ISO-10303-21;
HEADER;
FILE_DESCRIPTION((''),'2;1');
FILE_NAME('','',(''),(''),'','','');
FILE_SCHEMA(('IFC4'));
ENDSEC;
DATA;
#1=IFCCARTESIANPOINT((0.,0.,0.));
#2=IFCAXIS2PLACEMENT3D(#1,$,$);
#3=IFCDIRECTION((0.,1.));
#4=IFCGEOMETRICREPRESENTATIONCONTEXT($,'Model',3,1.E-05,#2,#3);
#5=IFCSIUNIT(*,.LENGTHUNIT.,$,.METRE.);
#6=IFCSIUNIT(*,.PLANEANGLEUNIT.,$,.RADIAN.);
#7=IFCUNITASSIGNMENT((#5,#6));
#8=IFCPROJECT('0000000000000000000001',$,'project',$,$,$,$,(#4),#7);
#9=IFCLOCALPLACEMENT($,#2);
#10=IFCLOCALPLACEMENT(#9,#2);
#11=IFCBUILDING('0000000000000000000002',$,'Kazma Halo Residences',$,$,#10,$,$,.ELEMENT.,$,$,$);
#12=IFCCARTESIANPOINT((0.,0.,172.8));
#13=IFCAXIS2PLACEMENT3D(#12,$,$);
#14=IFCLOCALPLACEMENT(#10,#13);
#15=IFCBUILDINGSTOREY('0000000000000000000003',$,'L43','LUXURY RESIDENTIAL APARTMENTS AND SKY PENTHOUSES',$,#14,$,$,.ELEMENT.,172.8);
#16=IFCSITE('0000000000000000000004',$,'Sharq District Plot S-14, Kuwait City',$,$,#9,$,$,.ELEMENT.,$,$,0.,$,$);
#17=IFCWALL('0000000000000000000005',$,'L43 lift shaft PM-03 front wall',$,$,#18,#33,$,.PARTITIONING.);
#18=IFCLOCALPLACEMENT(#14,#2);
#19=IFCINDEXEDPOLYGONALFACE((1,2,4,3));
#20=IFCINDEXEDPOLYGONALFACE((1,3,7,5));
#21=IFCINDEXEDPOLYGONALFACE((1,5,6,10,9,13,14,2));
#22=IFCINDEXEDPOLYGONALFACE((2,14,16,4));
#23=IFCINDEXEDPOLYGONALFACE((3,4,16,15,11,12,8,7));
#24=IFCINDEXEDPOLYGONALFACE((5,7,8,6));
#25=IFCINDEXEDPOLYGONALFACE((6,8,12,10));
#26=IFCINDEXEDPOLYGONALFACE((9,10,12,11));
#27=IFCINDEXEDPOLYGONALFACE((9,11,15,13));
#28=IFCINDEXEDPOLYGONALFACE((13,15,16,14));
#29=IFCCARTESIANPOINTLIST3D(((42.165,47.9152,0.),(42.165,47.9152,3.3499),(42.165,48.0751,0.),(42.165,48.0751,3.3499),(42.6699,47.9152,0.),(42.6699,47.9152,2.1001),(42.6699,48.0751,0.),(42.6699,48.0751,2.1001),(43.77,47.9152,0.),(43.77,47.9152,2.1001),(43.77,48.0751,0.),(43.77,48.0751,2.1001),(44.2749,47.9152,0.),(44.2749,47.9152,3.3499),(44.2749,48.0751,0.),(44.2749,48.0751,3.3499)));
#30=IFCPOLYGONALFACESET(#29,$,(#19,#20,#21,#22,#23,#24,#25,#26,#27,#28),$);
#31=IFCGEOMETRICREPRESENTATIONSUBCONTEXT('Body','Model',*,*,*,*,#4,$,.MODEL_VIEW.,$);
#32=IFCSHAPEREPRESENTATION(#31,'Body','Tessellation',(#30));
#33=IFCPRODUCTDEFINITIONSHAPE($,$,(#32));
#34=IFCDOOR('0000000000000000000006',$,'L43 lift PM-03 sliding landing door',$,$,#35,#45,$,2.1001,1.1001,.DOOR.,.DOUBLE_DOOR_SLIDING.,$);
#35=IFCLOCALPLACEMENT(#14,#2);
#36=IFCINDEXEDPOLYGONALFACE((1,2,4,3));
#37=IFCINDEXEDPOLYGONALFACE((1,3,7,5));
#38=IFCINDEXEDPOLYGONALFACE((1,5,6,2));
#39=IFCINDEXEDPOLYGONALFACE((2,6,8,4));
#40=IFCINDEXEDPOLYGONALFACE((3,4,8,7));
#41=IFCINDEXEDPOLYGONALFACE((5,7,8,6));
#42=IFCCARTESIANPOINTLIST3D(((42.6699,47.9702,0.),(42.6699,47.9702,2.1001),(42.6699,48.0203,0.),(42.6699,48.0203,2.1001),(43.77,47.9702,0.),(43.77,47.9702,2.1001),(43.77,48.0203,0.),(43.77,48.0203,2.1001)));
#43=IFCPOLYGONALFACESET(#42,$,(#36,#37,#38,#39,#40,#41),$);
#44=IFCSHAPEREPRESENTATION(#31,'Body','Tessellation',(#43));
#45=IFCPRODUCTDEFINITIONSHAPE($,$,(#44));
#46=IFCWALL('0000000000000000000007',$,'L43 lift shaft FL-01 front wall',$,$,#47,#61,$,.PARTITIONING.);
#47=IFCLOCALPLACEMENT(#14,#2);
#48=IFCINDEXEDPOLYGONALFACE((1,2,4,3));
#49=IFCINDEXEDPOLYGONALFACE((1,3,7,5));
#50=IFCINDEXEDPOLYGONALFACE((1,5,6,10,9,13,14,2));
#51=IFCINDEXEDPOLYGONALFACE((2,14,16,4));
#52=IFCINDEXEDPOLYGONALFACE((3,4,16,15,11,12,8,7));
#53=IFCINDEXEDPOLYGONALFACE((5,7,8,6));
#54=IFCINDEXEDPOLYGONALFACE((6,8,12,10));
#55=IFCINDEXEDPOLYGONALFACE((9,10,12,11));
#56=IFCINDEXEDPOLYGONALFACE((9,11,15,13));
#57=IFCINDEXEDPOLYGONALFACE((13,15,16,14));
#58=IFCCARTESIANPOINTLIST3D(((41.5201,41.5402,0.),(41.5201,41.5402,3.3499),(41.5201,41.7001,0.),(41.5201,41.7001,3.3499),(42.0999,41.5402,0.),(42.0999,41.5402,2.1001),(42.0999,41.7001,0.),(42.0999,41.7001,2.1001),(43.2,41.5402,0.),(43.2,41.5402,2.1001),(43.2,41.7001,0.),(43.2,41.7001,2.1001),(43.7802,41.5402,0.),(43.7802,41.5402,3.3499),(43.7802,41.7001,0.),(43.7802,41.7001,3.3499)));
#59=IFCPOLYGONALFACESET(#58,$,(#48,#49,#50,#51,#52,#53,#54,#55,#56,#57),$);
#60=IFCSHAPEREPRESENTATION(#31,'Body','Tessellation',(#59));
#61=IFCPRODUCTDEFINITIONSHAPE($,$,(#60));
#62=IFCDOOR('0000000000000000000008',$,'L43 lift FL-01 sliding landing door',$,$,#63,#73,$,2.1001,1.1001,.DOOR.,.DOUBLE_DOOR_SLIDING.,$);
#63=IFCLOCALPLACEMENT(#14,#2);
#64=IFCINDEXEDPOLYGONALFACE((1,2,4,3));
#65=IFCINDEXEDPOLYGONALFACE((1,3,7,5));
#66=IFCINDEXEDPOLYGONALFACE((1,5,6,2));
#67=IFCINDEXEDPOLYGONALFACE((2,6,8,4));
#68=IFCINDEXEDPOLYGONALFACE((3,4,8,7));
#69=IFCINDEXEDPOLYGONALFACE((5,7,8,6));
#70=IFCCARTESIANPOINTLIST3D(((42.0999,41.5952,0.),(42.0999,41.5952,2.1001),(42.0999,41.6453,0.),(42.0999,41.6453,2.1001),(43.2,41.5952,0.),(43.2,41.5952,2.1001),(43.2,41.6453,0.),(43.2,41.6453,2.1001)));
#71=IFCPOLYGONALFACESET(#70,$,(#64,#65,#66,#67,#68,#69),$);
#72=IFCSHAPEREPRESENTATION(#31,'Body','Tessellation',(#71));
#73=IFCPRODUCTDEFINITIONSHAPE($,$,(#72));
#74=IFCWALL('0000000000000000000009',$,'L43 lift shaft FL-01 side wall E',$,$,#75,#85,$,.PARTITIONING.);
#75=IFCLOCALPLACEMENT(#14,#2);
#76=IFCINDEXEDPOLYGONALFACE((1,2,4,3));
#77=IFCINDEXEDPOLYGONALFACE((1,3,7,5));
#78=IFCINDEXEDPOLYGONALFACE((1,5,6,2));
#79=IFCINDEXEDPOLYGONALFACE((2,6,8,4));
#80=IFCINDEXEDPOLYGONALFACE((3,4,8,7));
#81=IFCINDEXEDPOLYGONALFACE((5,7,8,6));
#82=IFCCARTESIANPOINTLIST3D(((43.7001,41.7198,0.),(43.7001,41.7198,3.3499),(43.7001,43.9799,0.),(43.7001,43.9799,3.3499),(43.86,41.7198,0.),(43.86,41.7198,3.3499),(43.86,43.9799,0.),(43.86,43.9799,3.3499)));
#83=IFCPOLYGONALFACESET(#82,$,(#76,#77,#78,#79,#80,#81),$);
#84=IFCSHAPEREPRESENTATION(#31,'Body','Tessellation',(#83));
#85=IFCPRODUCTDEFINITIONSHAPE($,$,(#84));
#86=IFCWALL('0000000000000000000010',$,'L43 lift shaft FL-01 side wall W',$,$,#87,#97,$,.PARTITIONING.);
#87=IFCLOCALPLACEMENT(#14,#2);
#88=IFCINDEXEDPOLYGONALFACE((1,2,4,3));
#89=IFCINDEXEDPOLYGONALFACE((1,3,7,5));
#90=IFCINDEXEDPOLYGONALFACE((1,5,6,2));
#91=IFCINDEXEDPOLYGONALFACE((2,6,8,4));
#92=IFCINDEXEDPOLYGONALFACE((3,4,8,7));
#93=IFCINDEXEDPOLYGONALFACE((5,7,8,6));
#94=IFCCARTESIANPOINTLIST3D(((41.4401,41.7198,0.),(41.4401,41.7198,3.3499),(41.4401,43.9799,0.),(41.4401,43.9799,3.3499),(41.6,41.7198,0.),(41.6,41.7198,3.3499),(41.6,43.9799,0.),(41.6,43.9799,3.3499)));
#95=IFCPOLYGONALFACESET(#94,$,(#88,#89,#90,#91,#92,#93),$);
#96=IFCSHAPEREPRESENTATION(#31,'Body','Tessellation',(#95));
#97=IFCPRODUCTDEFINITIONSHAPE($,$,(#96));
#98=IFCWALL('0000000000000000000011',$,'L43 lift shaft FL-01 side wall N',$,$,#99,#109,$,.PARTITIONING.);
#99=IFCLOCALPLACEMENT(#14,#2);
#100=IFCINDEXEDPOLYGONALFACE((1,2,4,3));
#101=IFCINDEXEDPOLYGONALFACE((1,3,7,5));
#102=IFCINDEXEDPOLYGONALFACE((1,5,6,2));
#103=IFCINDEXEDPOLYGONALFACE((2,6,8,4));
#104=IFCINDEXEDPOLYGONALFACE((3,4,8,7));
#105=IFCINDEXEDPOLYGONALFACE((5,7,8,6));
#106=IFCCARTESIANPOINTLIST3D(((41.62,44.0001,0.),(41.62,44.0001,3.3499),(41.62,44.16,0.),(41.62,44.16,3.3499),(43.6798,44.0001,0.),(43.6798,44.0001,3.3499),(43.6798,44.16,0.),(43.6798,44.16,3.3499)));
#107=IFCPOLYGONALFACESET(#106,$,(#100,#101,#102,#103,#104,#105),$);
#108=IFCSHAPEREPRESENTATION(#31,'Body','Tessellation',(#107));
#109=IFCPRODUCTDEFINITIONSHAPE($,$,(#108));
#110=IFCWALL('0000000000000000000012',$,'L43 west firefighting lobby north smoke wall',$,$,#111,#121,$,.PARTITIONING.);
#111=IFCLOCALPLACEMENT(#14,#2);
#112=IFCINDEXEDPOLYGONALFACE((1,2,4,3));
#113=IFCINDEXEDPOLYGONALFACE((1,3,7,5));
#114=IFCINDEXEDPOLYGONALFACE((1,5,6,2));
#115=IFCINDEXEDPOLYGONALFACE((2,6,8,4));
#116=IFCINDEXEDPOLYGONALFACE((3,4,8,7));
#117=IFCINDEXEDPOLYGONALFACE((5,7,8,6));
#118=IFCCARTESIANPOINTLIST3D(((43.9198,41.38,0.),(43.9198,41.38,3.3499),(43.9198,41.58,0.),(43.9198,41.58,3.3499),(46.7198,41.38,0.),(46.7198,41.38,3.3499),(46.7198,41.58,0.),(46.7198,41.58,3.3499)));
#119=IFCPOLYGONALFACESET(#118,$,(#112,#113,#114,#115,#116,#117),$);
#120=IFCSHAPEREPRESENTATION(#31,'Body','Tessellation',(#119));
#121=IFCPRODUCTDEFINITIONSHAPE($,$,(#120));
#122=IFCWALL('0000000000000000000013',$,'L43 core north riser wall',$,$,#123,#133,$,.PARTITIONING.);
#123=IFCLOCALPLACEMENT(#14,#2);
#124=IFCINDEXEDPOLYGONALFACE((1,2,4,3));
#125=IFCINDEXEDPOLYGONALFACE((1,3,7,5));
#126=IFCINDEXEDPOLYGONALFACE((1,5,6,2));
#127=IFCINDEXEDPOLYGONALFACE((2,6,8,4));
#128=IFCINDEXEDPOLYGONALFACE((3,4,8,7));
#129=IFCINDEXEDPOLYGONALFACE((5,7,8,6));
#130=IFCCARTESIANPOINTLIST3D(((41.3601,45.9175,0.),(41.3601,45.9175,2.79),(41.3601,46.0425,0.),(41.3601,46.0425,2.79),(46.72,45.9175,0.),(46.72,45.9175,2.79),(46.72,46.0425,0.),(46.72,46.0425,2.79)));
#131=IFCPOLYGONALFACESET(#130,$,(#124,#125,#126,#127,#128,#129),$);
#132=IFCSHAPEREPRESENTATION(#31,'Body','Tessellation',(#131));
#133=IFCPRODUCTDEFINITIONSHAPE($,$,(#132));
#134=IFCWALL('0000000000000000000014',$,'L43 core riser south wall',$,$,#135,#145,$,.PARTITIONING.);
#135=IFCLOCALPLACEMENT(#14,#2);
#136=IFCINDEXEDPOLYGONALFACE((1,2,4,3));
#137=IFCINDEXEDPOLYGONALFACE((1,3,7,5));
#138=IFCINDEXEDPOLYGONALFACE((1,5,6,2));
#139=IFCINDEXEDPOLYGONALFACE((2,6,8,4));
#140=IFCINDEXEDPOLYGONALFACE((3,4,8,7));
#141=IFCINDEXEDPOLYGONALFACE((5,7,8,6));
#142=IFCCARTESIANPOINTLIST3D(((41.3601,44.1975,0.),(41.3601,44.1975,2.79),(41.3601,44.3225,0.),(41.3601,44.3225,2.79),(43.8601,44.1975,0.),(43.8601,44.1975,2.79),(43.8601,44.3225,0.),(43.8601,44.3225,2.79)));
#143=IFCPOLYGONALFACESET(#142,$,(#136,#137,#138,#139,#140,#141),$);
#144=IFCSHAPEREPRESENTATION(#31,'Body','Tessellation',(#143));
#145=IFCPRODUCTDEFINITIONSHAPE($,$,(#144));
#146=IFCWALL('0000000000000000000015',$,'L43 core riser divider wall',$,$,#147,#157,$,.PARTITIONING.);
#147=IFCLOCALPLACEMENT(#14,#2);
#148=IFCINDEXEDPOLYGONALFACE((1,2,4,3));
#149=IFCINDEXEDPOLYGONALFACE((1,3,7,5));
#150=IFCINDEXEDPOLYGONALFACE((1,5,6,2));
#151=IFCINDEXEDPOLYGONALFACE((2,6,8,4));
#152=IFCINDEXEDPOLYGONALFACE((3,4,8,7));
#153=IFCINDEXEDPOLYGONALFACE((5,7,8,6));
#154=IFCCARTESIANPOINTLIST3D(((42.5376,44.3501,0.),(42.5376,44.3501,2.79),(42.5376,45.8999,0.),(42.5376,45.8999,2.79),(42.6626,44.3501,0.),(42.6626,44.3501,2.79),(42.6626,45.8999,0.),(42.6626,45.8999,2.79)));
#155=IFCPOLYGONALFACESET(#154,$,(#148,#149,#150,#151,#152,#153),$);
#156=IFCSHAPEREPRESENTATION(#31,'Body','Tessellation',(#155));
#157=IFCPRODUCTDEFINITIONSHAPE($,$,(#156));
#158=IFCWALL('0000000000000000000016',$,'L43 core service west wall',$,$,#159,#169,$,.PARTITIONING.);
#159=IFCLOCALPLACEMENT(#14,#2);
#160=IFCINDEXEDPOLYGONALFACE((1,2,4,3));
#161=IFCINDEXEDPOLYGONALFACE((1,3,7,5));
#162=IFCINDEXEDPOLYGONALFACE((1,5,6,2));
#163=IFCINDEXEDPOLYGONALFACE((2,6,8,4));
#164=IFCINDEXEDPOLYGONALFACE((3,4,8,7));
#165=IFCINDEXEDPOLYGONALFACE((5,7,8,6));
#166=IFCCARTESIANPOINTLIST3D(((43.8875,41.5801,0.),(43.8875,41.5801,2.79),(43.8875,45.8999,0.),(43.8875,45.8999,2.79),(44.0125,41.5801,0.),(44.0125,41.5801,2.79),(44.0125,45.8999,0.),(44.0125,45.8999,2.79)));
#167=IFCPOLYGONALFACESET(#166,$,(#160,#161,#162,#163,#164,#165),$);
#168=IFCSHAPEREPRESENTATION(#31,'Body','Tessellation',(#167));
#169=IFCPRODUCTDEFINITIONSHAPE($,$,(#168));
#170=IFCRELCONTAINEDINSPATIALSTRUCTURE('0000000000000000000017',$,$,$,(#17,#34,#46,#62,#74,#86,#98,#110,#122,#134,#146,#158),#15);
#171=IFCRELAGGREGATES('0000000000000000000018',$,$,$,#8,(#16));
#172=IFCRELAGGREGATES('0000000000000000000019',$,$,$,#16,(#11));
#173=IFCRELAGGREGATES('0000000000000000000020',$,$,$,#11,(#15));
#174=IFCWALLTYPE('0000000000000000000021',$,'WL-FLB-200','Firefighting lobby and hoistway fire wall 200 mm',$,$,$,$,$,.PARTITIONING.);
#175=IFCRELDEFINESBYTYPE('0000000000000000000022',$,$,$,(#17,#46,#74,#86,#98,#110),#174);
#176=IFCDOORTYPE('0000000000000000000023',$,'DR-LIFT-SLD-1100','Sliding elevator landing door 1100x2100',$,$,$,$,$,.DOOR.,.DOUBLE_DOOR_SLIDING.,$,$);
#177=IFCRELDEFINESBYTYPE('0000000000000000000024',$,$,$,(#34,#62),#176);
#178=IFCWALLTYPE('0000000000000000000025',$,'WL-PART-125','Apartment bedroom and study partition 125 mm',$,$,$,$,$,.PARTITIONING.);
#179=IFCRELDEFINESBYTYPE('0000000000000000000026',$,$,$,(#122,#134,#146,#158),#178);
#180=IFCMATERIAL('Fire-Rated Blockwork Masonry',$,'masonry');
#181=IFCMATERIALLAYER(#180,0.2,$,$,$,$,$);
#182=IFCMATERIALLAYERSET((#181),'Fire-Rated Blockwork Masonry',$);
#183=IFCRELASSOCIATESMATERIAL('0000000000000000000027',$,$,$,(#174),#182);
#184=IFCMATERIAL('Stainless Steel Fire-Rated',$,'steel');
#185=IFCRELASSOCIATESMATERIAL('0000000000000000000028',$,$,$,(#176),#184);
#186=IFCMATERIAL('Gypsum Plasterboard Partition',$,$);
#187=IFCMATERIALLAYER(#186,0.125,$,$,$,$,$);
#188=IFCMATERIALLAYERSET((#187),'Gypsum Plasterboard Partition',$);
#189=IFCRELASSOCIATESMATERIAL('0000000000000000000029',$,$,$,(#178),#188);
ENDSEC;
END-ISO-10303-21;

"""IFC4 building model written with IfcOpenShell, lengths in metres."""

from ifc_helpers import new_model, si_unit, direction, frame, frame_2d, origin, place, context, subcontext, project, spatial, rectangle, extrude, material, layer, layer_set, type_object, element, fill, save


model = new_model("IFC4")

# Units and contexts
model_context = context("Model", 3, precision=1e-05, world=origin(), true_north=direction((0.0, 1.0)))
body_context = subcontext(model_context, "Body", "Model", "MODEL_VIEW")
ifc_project = project(units=[si_unit("LENGTHUNIT", "METRE"), si_unit("PLANEANGLEUNIT", "RADIAN")], contexts=[model_context])

# Site, building, storey
site_placement = place(None, origin())
site = spatial("IfcSite", under=ifc_project, at=site_placement, Name="Sharq District Plot S-14, Kuwait City", CompositionType="ELEMENT", RefElevation=0.0)
building_placement = place(site_placement, origin())
building = spatial("IfcBuilding", under=site, at=building_placement, Name="Kazma Halo Residences", CompositionType="ELEMENT")
storey_placement = place(building_placement, frame((0.0, 0.0, 172.8)))
storey = spatial("IfcBuildingStorey", under=building, at=storey_placement, Name="L43", Description="LUXURY RESIDENTIAL APARTMENTS AND SKY PENTHOUSES", CompositionType="ELEMENT", Elevation=172.8)

# Shared definitions
ifc_material_1 = material(Name="Fire-Rated Blockwork Masonry", Category="masonry")
ifc_layer_1 = layer(ifc_material_1, 0.2)
ifc_layer_set_1 = layer_set([ifc_layer_1], Name="Fire-Rated Blockwork Masonry")
wall_type_1 = type_object("IfcWallType", Name="WL-FLB-200", Description="Firefighting lobby and hoistway fire wall 200 mm", PredefinedType="PARTITIONING", material=ifc_layer_set_1)
ifc_material_2 = material(Name="Stainless Steel Fire-Rated", Category="steel")
door_type = type_object("IfcDoorType", Name="DR-LIFT-SLD-1100", Description="Sliding elevator landing door 1100x2100", OperationType="DOUBLE_DOOR_SLIDING", PredefinedType="DOOR", material=ifc_material_2)

# Walls, openings, doors
wall_1_placement = place(storey_placement, frame((44.2749, 47.9951, 0.0), z_axis=(0.0, 0.0, 1.0), x_axis=(-1.0, 0.0, 0.0)))
wall_1 = element("IfcWall", 1, at=wall_1_placement, inside=storey, type_object=wall_type_1, Name="L43 lift shaft PM-03 front wall", PredefinedType="PARTITIONING", context=body_context, shape_type="SweptSolid", body=[
    extrude(rectangle(XDim=2.1099, YDim=0.1599, at=frame_2d((1.0549, 0.0))), origin(), (0.0, 0.0, 1.0), 3.3499),
])
opening_1_placement = place(wall_1_placement, frame((0.5049, 0.0, 0.0)))
opening_1 = element("IfcOpeningElement", 2, at=opening_1_placement, cuts=wall_1, PredefinedType="OPENING", context=body_context, shape_type="SweptSolid", body=[
    extrude(rectangle(XDim=1.1001, YDim=2.1001, at=frame_2d((0.55, 1.05))), frame((0.0, 0.0898, 0.0), z_axis=(0.0, -1.0, 0.0), x_axis=(1.0, 0.0, 0.0)), (0.0, 0.0, 1.0), 0.1799),
])
door_1_placement = place(opening_1_placement, origin())
door_1 = element("IfcDoor", 3, at=door_1_placement, inside=storey, type_object=door_type, Name="L43 lift PM-03 sliding landing door", OperationType="DOUBLE_DOOR_SLIDING", OverallHeight=2.1001, OverallWidth=1.1001, PredefinedType="DOOR", context=body_context, shape_type="SweptSolid", body=[
    extrude(rectangle(XDim=1.1001, YDim=2.1001, at=frame_2d((0.55, 1.05))), frame((0.0, 0.0249, 0.0), z_axis=(0.0, -1.0, 0.0), x_axis=(1.0, 0.0, 0.0)), (0.0, 0.0, 1.0), 0.05),
])
fill(opening_1, door_1)
wall_2_placement = place(storey_placement, frame((43.78, 41.6201, 0.0), z_axis=(0.0, 0.0, 1.0), x_axis=(-1.0, 0.0, 0.0)))
wall_2 = element("IfcWall", 4, at=wall_2_placement, inside=storey, type_object=wall_type_1, Name="L43 lift shaft FL-01 front wall", PredefinedType="PARTITIONING", context=body_context, shape_type="SweptSolid", body=[
    extrude(rectangle(XDim=2.26, YDim=0.1599, at=frame_2d((1.1299, 0.0))), origin(), (0.0, 0.0, 1.0), 3.3499),
])
opening_2_placement = place(wall_2_placement, frame((0.5801, 0.0, 0.0)))
opening_2 = element("IfcOpeningElement", 5, at=opening_2_placement, cuts=wall_2, PredefinedType="OPENING", context=body_context, shape_type="SweptSolid", body=[
    extrude(rectangle(XDim=1.1001, YDim=2.1001, at=frame_2d((0.55, 1.05))), frame((0.0, 0.0898, 0.0), z_axis=(0.0, -1.0, 0.0), x_axis=(1.0, 0.0, 0.0)), (0.0, 0.0, 1.0), 0.1799),
])
door_2_placement = place(opening_2_placement, origin())
door_2 = element("IfcDoor", 6, at=door_2_placement, inside=storey, type_object=door_type, Name="L43 lift FL-01 sliding landing door", OperationType="DOUBLE_DOOR_SLIDING", OverallHeight=2.1001, OverallWidth=1.1001, PredefinedType="DOOR", context=body_context, shape_type="SweptSolid", body=[
    extrude(rectangle(XDim=1.1001, YDim=2.1001, at=frame_2d((0.55, 1.05))), frame((0.0, 0.0249, 0.0), z_axis=(0.0, -1.0, 0.0), x_axis=(1.0, 0.0, 0.0)), (0.0, 0.0, 1.0), 0.05),
])
fill(opening_2, door_2)

# Walls
for number, where, z_axis, x_axis, name in (
    (7, (43.78, 41.72, 0.0), (0.0, 0.0, 1.0), (0.0, 1.0, 0.0), "L43 lift shaft FL-01 side wall E"),
    (8, (41.52, 41.72, 0.0), (0.0, 0.0, 1.0), (0.0, 1.0, 0.0), "L43 lift shaft FL-01 side wall W"),
):
    element("IfcWall", number, at=place(storey_placement, frame(where, z_axis=z_axis, x_axis=x_axis)), inside=storey, type_object=wall_type_1, Name=name, PredefinedType="PARTITIONING", context=body_context, shape_type="SweptSolid", body=[
        extrude(rectangle(XDim=2.26, YDim=0.1599, at=frame_2d((1.1299, 0.0))), origin(), (0.0, 0.0, 1.0), 3.3499),
    ])
wall_3_placement = place(storey_placement, frame((41.6201, 44.0801, 0.0), z_axis=(0.0, 0.0, 1.0), x_axis=(1.0, 0.0, 0.0)))
element("IfcWall", 9, at=wall_3_placement, inside=storey, type_object=wall_type_1, Name="L43 lift shaft FL-01 side wall N", PredefinedType="PARTITIONING", context=body_context, shape_type="SweptSolid", body=[
    extrude(rectangle(XDim=2.0598, YDim=0.1599, at=frame_2d((1.0298, 0.0))), origin(), (0.0, 0.0, 1.0), 3.3499),
])
wall_4_placement = place(storey_placement, frame((43.9199, 41.48, 0.0), z_axis=(0.0, 0.0, 1.0), x_axis=(1.0, 0.0, 0.0)))
element("IfcWall", 10, at=wall_4_placement, inside=storey, type_object=wall_type_1, Name="L43 west firefighting lobby north smoke wall", PredefinedType="PARTITIONING", context=body_context, shape_type="SweptSolid", body=[
    extrude(rectangle(XDim=2.8, YDim=0.2, at=frame_2d((1.3999, 0.0))), origin(), (0.0, 0.0, 1.0), 3.3499),
])
ifc_material_3 = material(Name="Gypsum Plasterboard Partition")
ifc_layer_2 = layer(ifc_material_3, 0.125)
ifc_layer_set_2 = layer_set([ifc_layer_2], Name="Gypsum Plasterboard Partition")
wall_type_2 = type_object("IfcWallType", Name="WL-PART-125", Description="Apartment bedroom and study partition 125 mm", PredefinedType="PARTITIONING", material=ifc_layer_set_2)
wall_5_placement = place(storey_placement, frame((41.3601, 45.98, 0.0), z_axis=(0.0, 0.0, 1.0), x_axis=(1.0, 0.0, 0.0)))
element("IfcWall", 11, at=wall_5_placement, inside=storey, type_object=wall_type_2, Name="L43 core north riser wall", PredefinedType="PARTITIONING", context=body_context, shape_type="SweptSolid", body=[
    extrude(rectangle(XDim=5.3599, YDim=0.125, at=frame_2d((2.6799, 0.0))), origin(), (0.0, 0.0, 1.0), 2.79),
])
wall_6_placement = place(storey_placement, frame((41.3601, 44.26, 0.0), z_axis=(0.0, 0.0, 1.0), x_axis=(1.0, 0.0, 0.0)))
element("IfcWall", 12, at=wall_6_placement, inside=storey, type_object=wall_type_2, Name="L43 core riser south wall", PredefinedType="PARTITIONING", context=body_context, shape_type="SweptSolid", body=[
    extrude(rectangle(XDim=2.5, YDim=0.125, at=frame_2d((1.25, 0.0))), origin(), (0.0, 0.0, 1.0), 2.79),
])
wall_7_placement = place(storey_placement, frame((42.6001, 44.3501, 0.0), z_axis=(0.0, 0.0, 1.0), x_axis=(0.0, 1.0, 0.0)))
element("IfcWall", 13, at=wall_7_placement, inside=storey, type_object=wall_type_2, Name="L43 core riser divider wall", PredefinedType="PARTITIONING", context=body_context, shape_type="SweptSolid", body=[
    extrude(rectangle(XDim=1.5498, YDim=0.125, at=frame_2d((0.7749, 0.0))), origin(), (0.0, 0.0, 1.0), 2.79),
])
wall_8_placement = place(storey_placement, frame((43.95, 41.5801, 0.0), z_axis=(0.0, 0.0, 1.0), x_axis=(0.0, 1.0, 0.0)))
element("IfcWall", 14, at=wall_8_placement, inside=storey, type_object=wall_type_2, Name="L43 core service west wall", PredefinedType="PARTITIONING", context=body_context, shape_type="SweptSolid", body=[
    extrude(rectangle(XDim=4.3198, YDim=0.125, at=frame_2d((2.1599, 0.0))), origin(), (0.0, 0.0, 1.0), 2.79),
])

save(model, "model.ifc")
